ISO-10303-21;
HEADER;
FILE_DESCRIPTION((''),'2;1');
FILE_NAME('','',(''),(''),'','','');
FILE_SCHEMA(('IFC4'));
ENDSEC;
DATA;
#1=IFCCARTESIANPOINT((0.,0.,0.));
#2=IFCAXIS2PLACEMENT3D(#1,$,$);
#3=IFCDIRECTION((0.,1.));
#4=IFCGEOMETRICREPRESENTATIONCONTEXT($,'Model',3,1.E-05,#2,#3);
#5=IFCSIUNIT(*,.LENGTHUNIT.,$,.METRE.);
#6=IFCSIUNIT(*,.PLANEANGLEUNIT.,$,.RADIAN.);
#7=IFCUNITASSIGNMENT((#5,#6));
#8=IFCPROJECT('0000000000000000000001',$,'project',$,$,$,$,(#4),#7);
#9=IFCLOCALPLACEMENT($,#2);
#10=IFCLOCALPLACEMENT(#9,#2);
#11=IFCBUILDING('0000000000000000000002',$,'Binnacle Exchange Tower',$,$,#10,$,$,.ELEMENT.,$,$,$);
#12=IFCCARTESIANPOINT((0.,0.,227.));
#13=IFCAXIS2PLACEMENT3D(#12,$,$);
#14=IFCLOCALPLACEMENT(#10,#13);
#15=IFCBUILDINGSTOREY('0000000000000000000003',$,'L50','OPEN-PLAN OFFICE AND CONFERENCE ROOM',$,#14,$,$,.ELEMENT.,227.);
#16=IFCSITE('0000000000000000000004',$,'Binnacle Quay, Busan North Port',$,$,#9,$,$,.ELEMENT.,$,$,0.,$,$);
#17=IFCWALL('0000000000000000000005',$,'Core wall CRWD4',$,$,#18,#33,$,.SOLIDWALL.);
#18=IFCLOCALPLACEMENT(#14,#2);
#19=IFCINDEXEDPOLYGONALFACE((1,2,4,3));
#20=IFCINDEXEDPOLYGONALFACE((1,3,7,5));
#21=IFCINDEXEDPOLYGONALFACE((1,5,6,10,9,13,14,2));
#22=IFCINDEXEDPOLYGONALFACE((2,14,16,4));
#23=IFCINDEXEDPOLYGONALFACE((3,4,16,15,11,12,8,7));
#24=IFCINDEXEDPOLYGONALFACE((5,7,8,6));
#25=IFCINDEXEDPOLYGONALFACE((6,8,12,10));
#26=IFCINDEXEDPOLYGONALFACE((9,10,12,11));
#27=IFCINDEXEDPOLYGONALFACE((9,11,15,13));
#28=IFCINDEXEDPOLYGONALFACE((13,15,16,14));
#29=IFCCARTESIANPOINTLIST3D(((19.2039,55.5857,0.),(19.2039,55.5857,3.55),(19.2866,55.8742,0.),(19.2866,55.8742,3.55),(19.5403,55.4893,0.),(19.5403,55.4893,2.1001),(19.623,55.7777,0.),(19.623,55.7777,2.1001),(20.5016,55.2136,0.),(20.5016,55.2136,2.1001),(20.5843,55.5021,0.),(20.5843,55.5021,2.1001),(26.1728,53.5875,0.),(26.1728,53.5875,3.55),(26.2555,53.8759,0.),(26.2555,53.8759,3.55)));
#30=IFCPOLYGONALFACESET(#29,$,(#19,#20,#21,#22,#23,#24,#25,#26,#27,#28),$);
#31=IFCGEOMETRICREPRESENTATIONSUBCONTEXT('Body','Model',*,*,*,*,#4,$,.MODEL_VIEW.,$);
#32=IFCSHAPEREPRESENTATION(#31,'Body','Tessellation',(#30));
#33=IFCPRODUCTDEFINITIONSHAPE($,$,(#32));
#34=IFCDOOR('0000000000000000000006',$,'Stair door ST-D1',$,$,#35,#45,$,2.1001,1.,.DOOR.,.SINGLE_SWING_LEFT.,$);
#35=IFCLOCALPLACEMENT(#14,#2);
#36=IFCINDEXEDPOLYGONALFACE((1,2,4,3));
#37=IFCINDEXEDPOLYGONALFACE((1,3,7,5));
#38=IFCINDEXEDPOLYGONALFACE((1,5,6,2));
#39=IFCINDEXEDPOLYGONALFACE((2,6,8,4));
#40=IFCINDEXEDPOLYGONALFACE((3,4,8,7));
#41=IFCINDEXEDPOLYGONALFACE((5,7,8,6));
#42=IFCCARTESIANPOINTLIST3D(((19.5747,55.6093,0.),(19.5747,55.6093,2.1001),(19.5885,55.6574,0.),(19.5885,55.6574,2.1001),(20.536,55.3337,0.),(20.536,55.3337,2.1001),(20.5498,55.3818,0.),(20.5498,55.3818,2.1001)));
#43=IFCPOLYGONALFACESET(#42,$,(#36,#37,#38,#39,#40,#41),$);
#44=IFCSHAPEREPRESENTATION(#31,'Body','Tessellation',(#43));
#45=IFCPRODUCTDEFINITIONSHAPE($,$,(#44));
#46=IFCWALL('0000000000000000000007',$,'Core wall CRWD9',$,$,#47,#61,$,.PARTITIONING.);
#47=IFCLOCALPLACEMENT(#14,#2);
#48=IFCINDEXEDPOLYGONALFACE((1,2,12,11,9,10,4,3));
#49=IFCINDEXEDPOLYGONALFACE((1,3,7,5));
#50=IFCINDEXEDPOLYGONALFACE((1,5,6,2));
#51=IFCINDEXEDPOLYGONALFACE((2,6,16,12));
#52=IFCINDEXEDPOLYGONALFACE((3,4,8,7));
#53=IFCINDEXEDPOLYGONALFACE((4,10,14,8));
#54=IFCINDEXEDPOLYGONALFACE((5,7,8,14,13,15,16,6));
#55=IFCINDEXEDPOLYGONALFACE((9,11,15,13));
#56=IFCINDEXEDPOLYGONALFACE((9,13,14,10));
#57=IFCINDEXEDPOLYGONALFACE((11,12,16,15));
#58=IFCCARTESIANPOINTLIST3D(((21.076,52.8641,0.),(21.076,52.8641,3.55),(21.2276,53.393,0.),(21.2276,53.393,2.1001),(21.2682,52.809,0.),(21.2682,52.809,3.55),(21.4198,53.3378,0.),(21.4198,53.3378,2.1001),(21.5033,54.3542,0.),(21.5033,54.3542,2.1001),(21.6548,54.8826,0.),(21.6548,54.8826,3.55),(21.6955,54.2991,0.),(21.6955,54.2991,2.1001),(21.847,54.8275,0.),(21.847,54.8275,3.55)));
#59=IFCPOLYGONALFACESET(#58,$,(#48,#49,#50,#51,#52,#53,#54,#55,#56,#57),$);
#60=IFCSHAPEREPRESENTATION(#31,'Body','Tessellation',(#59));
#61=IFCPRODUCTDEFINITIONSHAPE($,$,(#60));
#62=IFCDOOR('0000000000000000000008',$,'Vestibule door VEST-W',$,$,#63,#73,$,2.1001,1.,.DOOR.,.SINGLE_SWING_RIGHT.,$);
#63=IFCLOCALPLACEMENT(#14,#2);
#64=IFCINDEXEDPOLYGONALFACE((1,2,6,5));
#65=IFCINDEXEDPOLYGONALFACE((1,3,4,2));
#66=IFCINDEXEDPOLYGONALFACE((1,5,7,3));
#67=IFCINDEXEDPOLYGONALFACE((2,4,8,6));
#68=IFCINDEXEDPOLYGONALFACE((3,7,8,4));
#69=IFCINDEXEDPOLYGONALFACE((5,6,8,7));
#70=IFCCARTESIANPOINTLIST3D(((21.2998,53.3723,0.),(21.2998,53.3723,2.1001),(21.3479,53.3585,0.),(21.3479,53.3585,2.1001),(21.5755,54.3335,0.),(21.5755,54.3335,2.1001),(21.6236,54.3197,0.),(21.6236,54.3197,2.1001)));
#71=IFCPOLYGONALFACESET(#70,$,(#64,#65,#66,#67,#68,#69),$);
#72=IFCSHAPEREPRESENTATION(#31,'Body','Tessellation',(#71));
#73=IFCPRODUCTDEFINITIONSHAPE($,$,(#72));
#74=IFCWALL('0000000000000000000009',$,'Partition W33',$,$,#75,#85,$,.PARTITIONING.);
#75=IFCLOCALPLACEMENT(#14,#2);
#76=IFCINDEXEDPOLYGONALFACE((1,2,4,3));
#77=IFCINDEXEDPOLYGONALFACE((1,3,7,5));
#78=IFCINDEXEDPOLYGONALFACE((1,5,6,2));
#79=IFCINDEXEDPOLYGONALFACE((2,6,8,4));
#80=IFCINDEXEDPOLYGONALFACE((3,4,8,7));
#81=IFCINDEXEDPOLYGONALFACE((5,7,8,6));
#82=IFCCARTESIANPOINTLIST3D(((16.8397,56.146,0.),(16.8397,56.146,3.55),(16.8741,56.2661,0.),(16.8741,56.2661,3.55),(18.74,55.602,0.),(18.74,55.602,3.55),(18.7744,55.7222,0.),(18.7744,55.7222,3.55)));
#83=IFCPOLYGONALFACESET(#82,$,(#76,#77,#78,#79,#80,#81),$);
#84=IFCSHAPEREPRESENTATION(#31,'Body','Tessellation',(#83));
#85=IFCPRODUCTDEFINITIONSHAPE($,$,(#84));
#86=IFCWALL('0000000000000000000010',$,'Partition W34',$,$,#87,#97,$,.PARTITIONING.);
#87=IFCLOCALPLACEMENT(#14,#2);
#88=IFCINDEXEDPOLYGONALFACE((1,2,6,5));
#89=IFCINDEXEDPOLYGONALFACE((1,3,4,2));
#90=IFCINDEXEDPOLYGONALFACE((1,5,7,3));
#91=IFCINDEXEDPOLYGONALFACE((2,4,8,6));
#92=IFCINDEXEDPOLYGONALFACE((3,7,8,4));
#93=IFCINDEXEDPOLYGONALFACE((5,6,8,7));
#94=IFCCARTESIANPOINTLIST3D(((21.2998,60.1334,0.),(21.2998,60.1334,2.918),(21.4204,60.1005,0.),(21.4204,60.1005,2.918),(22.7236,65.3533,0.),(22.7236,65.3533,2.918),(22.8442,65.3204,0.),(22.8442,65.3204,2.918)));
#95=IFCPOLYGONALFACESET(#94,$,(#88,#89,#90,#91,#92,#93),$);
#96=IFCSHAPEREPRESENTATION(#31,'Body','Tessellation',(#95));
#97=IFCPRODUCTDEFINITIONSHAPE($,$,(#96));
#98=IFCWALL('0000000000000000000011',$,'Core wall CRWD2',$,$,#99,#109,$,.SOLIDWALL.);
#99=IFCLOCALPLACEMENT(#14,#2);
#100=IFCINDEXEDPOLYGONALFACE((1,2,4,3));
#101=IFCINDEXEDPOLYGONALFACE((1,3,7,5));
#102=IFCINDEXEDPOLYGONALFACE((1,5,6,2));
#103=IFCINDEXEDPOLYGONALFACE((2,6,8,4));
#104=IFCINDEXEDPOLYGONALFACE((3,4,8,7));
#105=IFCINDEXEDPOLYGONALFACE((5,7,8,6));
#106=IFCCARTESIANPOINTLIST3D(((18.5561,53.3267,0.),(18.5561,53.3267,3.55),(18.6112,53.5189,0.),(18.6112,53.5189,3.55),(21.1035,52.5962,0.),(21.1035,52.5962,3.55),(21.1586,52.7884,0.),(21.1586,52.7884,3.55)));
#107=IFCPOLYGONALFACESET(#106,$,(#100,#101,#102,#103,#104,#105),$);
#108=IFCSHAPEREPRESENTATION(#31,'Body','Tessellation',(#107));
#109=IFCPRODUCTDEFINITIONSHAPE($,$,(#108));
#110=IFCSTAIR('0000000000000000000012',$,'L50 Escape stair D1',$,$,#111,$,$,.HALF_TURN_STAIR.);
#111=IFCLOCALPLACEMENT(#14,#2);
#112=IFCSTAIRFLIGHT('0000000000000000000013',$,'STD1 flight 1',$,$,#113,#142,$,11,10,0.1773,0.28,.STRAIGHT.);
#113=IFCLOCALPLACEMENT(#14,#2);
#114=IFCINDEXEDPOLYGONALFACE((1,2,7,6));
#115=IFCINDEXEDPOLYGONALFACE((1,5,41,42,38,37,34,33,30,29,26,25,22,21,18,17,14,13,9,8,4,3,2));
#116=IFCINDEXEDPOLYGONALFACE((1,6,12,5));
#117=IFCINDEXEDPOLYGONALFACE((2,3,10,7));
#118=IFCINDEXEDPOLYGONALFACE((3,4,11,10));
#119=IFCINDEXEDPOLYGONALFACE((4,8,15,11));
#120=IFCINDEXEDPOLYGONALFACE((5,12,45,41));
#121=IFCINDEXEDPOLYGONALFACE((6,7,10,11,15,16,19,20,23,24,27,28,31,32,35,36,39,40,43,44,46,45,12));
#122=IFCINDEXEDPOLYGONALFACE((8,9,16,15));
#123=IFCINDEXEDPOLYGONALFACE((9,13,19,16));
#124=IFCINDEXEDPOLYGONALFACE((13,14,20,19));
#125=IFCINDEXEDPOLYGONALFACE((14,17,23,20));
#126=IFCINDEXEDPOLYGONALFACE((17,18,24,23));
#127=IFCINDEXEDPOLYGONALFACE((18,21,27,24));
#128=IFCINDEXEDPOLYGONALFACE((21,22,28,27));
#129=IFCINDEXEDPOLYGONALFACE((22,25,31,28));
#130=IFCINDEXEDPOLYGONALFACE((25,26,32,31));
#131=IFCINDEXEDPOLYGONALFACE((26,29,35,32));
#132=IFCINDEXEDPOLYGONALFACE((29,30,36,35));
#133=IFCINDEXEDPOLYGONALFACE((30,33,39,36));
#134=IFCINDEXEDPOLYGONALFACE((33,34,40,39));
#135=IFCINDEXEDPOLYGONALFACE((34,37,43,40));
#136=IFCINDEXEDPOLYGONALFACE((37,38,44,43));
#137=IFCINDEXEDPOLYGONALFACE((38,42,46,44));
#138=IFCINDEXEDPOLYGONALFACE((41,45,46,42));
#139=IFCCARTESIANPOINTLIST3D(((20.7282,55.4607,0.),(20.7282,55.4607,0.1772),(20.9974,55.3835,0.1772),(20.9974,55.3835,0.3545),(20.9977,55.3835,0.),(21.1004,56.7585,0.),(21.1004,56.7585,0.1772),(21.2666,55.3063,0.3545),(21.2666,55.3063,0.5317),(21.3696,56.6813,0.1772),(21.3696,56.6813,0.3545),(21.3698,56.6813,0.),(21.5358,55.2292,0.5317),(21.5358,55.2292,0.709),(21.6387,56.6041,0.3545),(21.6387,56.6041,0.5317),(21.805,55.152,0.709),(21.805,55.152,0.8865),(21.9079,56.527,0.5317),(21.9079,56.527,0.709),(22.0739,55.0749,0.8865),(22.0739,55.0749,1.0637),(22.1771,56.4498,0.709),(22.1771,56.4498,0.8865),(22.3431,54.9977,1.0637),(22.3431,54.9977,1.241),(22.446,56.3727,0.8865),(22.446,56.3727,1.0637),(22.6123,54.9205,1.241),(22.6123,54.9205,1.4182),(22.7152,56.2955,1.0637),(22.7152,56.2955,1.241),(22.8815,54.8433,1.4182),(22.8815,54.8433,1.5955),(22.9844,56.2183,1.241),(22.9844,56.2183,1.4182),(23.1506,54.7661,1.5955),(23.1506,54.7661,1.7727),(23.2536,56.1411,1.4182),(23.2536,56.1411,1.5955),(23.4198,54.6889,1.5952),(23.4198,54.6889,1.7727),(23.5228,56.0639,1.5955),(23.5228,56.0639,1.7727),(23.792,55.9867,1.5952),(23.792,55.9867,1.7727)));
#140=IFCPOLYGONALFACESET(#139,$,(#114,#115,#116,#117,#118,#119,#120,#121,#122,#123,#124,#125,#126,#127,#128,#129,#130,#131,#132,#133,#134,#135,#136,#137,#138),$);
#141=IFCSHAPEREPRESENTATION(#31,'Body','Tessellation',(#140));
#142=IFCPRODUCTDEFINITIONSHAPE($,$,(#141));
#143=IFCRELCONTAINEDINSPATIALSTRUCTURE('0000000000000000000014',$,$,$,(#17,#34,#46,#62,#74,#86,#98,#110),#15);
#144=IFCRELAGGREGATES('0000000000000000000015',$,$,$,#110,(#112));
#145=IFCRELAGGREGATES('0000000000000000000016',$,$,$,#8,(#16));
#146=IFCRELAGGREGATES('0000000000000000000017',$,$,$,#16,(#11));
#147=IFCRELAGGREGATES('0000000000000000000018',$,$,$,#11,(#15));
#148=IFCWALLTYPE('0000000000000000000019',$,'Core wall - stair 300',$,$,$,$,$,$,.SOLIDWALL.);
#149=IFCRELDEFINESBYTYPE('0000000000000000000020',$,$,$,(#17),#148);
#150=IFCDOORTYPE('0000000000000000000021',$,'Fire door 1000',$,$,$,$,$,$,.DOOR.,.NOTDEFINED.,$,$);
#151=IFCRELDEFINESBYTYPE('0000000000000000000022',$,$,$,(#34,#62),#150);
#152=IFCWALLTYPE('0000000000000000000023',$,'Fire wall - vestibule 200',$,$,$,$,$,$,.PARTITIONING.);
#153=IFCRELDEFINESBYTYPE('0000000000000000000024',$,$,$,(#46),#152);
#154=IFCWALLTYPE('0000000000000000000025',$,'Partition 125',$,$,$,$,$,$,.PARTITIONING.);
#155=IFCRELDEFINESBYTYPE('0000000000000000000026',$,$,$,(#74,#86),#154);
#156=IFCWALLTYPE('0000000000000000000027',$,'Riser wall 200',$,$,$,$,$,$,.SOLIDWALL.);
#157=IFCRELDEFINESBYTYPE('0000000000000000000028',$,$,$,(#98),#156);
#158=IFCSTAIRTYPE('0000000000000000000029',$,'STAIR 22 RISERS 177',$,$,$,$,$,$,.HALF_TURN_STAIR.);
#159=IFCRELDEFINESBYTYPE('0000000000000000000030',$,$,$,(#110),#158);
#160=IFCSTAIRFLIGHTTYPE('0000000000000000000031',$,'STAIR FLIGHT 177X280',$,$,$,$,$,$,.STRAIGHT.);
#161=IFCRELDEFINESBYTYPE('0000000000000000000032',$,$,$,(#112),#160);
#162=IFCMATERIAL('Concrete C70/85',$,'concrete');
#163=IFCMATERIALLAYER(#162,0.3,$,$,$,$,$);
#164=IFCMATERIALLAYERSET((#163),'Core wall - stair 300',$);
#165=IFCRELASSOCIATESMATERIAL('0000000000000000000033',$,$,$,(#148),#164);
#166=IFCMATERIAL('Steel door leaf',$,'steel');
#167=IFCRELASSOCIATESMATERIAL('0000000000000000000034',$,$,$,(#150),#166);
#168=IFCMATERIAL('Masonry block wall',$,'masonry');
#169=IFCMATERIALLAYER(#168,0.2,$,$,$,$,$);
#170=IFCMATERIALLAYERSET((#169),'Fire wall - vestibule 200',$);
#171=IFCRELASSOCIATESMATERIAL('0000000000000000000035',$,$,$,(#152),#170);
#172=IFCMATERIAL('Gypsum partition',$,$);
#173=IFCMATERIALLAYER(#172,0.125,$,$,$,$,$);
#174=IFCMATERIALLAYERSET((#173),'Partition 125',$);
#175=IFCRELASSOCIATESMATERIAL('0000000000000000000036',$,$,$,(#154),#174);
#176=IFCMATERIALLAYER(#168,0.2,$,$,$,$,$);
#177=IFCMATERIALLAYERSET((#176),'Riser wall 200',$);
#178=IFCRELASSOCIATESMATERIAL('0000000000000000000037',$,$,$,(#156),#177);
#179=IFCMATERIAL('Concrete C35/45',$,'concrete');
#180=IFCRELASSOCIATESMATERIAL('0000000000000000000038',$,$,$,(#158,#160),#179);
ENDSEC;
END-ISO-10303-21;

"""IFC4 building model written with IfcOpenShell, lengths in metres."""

from ifc_helpers import new_model, si_unit, direction, frame, frame_2d, origin, place, context, subcontext, project, spatial, polyline, rectangle, outline, extrude, material, layer, layer_set, type_object, element, fill, aggregate, save


model = new_model("IFC4")

# Units and contexts
model_context = context("Model", 3, precision=1e-05, world=origin(), true_north=direction((0.0, 1.0)))
body_context = subcontext(model_context, "Body", "Model", "MODEL_VIEW")
ifc_project = project(units=[si_unit("LENGTHUNIT", "METRE"), si_unit("PLANEANGLEUNIT", "RADIAN")], contexts=[model_context])

# Site, building, storey
site_placement = place(None, origin())
site = spatial("IfcSite", under=ifc_project, at=site_placement, Name="Binnacle Quay, Busan North Port", CompositionType="ELEMENT", RefElevation=0.0)
building_placement = place(site_placement, origin())
building = spatial("IfcBuilding", under=site, at=building_placement, Name="Binnacle Exchange Tower", CompositionType="ELEMENT")
storey_placement = place(building_placement, frame((0.0, 0.0, 227.0)))
storey = spatial("IfcBuildingStorey", under=building, at=storey_placement, Name="L50", Description="OPEN-PLAN OFFICE AND CONFERENCE ROOM", CompositionType="ELEMENT", Elevation=227.0)

# Shared definitions
ifc_material_1 = material(Name="Concrete C70/85", Category="concrete")
ifc_material_2 = material(Name="Steel door leaf", Category="steel")

# Walls, openings, doors
ifc_layer_1 = layer(ifc_material_1, 0.3)
ifc_layer_set_1 = layer_set([ifc_layer_1], Name="Core wall - stair 300")
wall_type_1 = type_object("IfcWallType", Name="Core wall - stair 300", PredefinedType="SOLIDWALL", material=ifc_layer_set_1)
wall_1_placement = place(storey_placement, frame((19.2451, 55.73, 0.0), z_axis=(0.0, 0.0, 1.0), x_axis=(0.961263, -0.275633, 0.0)))
wall_1 = element("IfcWall", 1, at=wall_1_placement, inside=storey, type_object=wall_type_1, Name="Core wall CRWD4", PredefinedType="SOLIDWALL", context=body_context, shape_type="SweptSolid", body=[
    extrude(rectangle(XDim=7.2498, YDim=0.3, at=frame_2d((3.625, 0.0))), origin(), (0.0, 0.0, 1.0), 3.55),
])
opening_1_placement = place(wall_1_placement, frame((0.3501, 0.0, 0.0)))
opening_1 = element("IfcOpeningElement", 2, at=opening_1_placement, cuts=wall_1, PredefinedType="OPENING", context=body_context, shape_type="SweptSolid", body=[
    extrude(rectangle(XDim=1.0, YDim=2.1001, at=frame_2d((0.5, 1.05))), frame((0.0, 0.1599, 0.0), z_axis=(0.0, -1.0, 0.0), x_axis=(1.0, 0.0, 0.0)), (0.0, 0.0, 1.0), 0.3201),
])
door_type_1 = type_object("IfcDoorType", Name="Fire door 1000", OperationType="NOTDEFINED", PredefinedType="DOOR", material=ifc_material_2)
door_1_placement = place(opening_1_placement, origin())
door_1 = element("IfcDoor", 3, at=door_1_placement, inside=storey, type_object=door_type_1, Name="Stair door ST-D1", OperationType="SINGLE_SWING_LEFT", OverallHeight=2.1001, OverallWidth=1.0, PredefinedType="DOOR", context=body_context, shape_type="SweptSolid", body=[
    extrude(rectangle(XDim=1.0, YDim=2.1001, at=frame_2d((0.5, 1.05))), frame((0.0, 0.0249, 0.0), z_axis=(0.0, -1.0, 0.0), x_axis=(1.0, 0.0, 0.0)), (0.0, 0.0, 1.0), 0.05),
])
fill(opening_1, door_1)
ifc_material_3 = material(Name="Masonry block wall", Category="masonry")
ifc_layer_2 = layer(ifc_material_3, 0.2)
ifc_layer_set_2 = layer_set([ifc_layer_2], Name="Fire wall - vestibule 200")
wall_type_2 = type_object("IfcWallType", Name="Fire wall - vestibule 200", PredefinedType="PARTITIONING", material=ifc_layer_set_2)
wall_2_placement = place(storey_placement, frame((21.1721, 52.8367, 0.0), z_axis=(0.0, 0.0, 1.0), x_axis=(0.275658, 0.961256, 0.0)))
wall_2 = element("IfcWall", 4, at=wall_2_placement, inside=storey, type_object=wall_type_2, Name="Core wall CRWD9", PredefinedType="PARTITIONING", context=body_context, shape_type="SweptSolid", body=[
    extrude(rectangle(XDim=2.0999, YDim=0.2, at=frame_2d((1.0498, 0.0))), origin(), (0.0, 0.0, 1.0), 3.55),
])
opening_2_placement = place(wall_2_placement, frame((0.55, 0.0, 0.0)))
opening_2 = element("IfcOpeningElement", 5, at=opening_2_placement, cuts=wall_2, PredefinedType="OPENING", context=body_context, shape_type="SweptSolid", body=[
    extrude(rectangle(XDim=1.0, YDim=2.1001, at=frame_2d((0.5, 1.05))), frame((0.0, 0.1099, 0.0), z_axis=(0.0, -1.0, 0.0), x_axis=(1.0, 0.0, 0.0)), (0.0, 0.0, 1.0), 0.22),
])
door_2_placement = place(opening_2_placement, origin())
door_2 = element("IfcDoor", 6, at=door_2_placement, inside=storey, type_object=door_type_1, Name="Vestibule door VEST-W", OperationType="SINGLE_SWING_RIGHT", OverallHeight=2.1001, OverallWidth=1.0, PredefinedType="DOOR", context=body_context, shape_type="SweptSolid", body=[
    extrude(rectangle(XDim=1.0, YDim=2.1001, at=frame_2d((0.5, 1.05))), frame((0.0, 0.0249, 0.0), z_axis=(0.0, -1.0, 0.0), x_axis=(1.0, 0.0, 0.0)), (0.0, 0.0, 1.0), 0.05),
])
fill(opening_2, door_2)

# Walls
ifc_material_4 = material(Name="Gypsum partition")
ifc_layer_3 = layer(ifc_material_4, 0.125)
ifc_layer_set_3 = layer_set([ifc_layer_3], Name="Partition 125")
wall_type_3 = type_object("IfcWallType", Name="Partition 125", PredefinedType="PARTITIONING", material=ifc_layer_set_3)
wall_3_placement = place(storey_placement, frame((16.8569, 56.2061, 0.0), z_axis=(0.0, 0.0, 1.0), x_axis=(0.961384, -0.275211, 0.0)))
element("IfcWall", 7, at=wall_3_placement, inside=storey, type_object=wall_type_3, Name="Partition W33", PredefinedType="PARTITIONING", context=body_context, shape_type="SweptSolid", body=[
    extrude(rectangle(XDim=1.9766, YDim=0.125, at=frame_2d((0.9883, 0.0))), origin(), (0.0, 0.0, 1.0), 3.55),
])
wall_4_placement = place(storey_placement, frame((21.3601, 60.1169, 0.0), z_axis=(0.0, 0.0, 1.0), x_axis=(0.263152, 0.964754, 0.0)))
element("IfcWall", 8, at=wall_4_placement, inside=storey, type_object=wall_type_3, Name="Partition W34", PredefinedType="PARTITIONING", context=body_context, shape_type="SweptSolid", body=[
    extrude(rectangle(XDim=5.4106, YDim=0.125, at=frame_2d((2.7053, 0.0))), origin(), (0.0, 0.0, 1.0), 2.918),
])
ifc_layer_4 = layer(ifc_material_3, 0.2)
ifc_layer_set_4 = layer_set([ifc_layer_4], Name="Riser wall 200")
wall_type_4 = type_object("IfcWallType", Name="Riser wall 200", PredefinedType="SOLIDWALL", material=ifc_layer_set_4)
wall_5_placement = place(storey_placement, frame((18.5835, 53.4229, 0.0), z_axis=(0.0, 0.0, 1.0), x_axis=(0.961259, -0.275646, 0.0)))
element("IfcWall", 9, at=wall_5_placement, inside=storey, type_object=wall_type_4, Name="Core wall CRWD2", PredefinedType="SOLIDWALL", context=body_context, shape_type="SweptSolid", body=[
    extrude(rectangle(XDim=2.6501, YDim=0.2, at=frame_2d((1.3252, 0.0))), origin(), (0.0, 0.0, 1.0), 3.55),
])

# Stair, stair flight
ifc_material_5 = material(Name="Concrete C35/45", Category="concrete")
stair_type = type_object("IfcStairType", Name="STAIR 22 RISERS 177", PredefinedType="HALF_TURN_STAIR", material=ifc_material_5)
stair_placement = place(storey_placement, origin())
stair = element("IfcStair", 10, at=stair_placement, inside=storey, type_object=stair_type, Name="L50 Escape stair D1", PredefinedType="HALF_TURN_STAIR")
stair_flight_type = type_object("IfcStairFlightType", Name="STAIR FLIGHT 177X280", PredefinedType="STRAIGHT", material=ifc_material_5)
stair_flight_placement = place(storey_placement, frame((20.9143, 56.1096, 0.0), z_axis=(0.0, 0.0, 1.0), x_axis=(0.961262, -0.275637, 0.0)))
stair_flight = element("IfcStairFlight", 11, at=stair_flight_placement, type_object=stair_flight_type, Name="STD1 flight 1", NumberOfRisers=11, NumberOfTreads=10, PredefinedType="STRAIGHT", RiserHeight=0.1773, TreadLength=0.28, context=body_context, shape_type="SweptSolid", body=[
    extrude(outline(polyline([(0.0, 0.0), (0.0, 0.1772), (0.28, 0.1772), (0.28, 0.3545), (0.5601, 0.3545), (0.5601, 0.5317), (0.8401, 0.5317), (0.8401, 0.709), (1.1201, 0.709), (1.1201, 0.8865), (1.3999, 0.8865), (1.3999, 1.0637), (1.6799, 1.0637), (1.6799, 1.241), (1.96, 1.241), (1.96, 1.4182), (2.24, 1.4182), (2.24, 1.5955), (2.52, 1.5955), (2.52, 1.7727), (2.8, 1.7727), (2.8, 1.95), (2.8, 1.5952), (0.2803, 0.0), (0.0, 0.0)])), frame((0.0, 0.675, 0.0), z_axis=(0.0, -1.0, 0.0), x_axis=(1.0, 0.0, 0.0)), (0.0, 0.0, 1.0), 1.3501),
])
aggregate(stair, [stair_flight])

save(model, "model.ifc")
